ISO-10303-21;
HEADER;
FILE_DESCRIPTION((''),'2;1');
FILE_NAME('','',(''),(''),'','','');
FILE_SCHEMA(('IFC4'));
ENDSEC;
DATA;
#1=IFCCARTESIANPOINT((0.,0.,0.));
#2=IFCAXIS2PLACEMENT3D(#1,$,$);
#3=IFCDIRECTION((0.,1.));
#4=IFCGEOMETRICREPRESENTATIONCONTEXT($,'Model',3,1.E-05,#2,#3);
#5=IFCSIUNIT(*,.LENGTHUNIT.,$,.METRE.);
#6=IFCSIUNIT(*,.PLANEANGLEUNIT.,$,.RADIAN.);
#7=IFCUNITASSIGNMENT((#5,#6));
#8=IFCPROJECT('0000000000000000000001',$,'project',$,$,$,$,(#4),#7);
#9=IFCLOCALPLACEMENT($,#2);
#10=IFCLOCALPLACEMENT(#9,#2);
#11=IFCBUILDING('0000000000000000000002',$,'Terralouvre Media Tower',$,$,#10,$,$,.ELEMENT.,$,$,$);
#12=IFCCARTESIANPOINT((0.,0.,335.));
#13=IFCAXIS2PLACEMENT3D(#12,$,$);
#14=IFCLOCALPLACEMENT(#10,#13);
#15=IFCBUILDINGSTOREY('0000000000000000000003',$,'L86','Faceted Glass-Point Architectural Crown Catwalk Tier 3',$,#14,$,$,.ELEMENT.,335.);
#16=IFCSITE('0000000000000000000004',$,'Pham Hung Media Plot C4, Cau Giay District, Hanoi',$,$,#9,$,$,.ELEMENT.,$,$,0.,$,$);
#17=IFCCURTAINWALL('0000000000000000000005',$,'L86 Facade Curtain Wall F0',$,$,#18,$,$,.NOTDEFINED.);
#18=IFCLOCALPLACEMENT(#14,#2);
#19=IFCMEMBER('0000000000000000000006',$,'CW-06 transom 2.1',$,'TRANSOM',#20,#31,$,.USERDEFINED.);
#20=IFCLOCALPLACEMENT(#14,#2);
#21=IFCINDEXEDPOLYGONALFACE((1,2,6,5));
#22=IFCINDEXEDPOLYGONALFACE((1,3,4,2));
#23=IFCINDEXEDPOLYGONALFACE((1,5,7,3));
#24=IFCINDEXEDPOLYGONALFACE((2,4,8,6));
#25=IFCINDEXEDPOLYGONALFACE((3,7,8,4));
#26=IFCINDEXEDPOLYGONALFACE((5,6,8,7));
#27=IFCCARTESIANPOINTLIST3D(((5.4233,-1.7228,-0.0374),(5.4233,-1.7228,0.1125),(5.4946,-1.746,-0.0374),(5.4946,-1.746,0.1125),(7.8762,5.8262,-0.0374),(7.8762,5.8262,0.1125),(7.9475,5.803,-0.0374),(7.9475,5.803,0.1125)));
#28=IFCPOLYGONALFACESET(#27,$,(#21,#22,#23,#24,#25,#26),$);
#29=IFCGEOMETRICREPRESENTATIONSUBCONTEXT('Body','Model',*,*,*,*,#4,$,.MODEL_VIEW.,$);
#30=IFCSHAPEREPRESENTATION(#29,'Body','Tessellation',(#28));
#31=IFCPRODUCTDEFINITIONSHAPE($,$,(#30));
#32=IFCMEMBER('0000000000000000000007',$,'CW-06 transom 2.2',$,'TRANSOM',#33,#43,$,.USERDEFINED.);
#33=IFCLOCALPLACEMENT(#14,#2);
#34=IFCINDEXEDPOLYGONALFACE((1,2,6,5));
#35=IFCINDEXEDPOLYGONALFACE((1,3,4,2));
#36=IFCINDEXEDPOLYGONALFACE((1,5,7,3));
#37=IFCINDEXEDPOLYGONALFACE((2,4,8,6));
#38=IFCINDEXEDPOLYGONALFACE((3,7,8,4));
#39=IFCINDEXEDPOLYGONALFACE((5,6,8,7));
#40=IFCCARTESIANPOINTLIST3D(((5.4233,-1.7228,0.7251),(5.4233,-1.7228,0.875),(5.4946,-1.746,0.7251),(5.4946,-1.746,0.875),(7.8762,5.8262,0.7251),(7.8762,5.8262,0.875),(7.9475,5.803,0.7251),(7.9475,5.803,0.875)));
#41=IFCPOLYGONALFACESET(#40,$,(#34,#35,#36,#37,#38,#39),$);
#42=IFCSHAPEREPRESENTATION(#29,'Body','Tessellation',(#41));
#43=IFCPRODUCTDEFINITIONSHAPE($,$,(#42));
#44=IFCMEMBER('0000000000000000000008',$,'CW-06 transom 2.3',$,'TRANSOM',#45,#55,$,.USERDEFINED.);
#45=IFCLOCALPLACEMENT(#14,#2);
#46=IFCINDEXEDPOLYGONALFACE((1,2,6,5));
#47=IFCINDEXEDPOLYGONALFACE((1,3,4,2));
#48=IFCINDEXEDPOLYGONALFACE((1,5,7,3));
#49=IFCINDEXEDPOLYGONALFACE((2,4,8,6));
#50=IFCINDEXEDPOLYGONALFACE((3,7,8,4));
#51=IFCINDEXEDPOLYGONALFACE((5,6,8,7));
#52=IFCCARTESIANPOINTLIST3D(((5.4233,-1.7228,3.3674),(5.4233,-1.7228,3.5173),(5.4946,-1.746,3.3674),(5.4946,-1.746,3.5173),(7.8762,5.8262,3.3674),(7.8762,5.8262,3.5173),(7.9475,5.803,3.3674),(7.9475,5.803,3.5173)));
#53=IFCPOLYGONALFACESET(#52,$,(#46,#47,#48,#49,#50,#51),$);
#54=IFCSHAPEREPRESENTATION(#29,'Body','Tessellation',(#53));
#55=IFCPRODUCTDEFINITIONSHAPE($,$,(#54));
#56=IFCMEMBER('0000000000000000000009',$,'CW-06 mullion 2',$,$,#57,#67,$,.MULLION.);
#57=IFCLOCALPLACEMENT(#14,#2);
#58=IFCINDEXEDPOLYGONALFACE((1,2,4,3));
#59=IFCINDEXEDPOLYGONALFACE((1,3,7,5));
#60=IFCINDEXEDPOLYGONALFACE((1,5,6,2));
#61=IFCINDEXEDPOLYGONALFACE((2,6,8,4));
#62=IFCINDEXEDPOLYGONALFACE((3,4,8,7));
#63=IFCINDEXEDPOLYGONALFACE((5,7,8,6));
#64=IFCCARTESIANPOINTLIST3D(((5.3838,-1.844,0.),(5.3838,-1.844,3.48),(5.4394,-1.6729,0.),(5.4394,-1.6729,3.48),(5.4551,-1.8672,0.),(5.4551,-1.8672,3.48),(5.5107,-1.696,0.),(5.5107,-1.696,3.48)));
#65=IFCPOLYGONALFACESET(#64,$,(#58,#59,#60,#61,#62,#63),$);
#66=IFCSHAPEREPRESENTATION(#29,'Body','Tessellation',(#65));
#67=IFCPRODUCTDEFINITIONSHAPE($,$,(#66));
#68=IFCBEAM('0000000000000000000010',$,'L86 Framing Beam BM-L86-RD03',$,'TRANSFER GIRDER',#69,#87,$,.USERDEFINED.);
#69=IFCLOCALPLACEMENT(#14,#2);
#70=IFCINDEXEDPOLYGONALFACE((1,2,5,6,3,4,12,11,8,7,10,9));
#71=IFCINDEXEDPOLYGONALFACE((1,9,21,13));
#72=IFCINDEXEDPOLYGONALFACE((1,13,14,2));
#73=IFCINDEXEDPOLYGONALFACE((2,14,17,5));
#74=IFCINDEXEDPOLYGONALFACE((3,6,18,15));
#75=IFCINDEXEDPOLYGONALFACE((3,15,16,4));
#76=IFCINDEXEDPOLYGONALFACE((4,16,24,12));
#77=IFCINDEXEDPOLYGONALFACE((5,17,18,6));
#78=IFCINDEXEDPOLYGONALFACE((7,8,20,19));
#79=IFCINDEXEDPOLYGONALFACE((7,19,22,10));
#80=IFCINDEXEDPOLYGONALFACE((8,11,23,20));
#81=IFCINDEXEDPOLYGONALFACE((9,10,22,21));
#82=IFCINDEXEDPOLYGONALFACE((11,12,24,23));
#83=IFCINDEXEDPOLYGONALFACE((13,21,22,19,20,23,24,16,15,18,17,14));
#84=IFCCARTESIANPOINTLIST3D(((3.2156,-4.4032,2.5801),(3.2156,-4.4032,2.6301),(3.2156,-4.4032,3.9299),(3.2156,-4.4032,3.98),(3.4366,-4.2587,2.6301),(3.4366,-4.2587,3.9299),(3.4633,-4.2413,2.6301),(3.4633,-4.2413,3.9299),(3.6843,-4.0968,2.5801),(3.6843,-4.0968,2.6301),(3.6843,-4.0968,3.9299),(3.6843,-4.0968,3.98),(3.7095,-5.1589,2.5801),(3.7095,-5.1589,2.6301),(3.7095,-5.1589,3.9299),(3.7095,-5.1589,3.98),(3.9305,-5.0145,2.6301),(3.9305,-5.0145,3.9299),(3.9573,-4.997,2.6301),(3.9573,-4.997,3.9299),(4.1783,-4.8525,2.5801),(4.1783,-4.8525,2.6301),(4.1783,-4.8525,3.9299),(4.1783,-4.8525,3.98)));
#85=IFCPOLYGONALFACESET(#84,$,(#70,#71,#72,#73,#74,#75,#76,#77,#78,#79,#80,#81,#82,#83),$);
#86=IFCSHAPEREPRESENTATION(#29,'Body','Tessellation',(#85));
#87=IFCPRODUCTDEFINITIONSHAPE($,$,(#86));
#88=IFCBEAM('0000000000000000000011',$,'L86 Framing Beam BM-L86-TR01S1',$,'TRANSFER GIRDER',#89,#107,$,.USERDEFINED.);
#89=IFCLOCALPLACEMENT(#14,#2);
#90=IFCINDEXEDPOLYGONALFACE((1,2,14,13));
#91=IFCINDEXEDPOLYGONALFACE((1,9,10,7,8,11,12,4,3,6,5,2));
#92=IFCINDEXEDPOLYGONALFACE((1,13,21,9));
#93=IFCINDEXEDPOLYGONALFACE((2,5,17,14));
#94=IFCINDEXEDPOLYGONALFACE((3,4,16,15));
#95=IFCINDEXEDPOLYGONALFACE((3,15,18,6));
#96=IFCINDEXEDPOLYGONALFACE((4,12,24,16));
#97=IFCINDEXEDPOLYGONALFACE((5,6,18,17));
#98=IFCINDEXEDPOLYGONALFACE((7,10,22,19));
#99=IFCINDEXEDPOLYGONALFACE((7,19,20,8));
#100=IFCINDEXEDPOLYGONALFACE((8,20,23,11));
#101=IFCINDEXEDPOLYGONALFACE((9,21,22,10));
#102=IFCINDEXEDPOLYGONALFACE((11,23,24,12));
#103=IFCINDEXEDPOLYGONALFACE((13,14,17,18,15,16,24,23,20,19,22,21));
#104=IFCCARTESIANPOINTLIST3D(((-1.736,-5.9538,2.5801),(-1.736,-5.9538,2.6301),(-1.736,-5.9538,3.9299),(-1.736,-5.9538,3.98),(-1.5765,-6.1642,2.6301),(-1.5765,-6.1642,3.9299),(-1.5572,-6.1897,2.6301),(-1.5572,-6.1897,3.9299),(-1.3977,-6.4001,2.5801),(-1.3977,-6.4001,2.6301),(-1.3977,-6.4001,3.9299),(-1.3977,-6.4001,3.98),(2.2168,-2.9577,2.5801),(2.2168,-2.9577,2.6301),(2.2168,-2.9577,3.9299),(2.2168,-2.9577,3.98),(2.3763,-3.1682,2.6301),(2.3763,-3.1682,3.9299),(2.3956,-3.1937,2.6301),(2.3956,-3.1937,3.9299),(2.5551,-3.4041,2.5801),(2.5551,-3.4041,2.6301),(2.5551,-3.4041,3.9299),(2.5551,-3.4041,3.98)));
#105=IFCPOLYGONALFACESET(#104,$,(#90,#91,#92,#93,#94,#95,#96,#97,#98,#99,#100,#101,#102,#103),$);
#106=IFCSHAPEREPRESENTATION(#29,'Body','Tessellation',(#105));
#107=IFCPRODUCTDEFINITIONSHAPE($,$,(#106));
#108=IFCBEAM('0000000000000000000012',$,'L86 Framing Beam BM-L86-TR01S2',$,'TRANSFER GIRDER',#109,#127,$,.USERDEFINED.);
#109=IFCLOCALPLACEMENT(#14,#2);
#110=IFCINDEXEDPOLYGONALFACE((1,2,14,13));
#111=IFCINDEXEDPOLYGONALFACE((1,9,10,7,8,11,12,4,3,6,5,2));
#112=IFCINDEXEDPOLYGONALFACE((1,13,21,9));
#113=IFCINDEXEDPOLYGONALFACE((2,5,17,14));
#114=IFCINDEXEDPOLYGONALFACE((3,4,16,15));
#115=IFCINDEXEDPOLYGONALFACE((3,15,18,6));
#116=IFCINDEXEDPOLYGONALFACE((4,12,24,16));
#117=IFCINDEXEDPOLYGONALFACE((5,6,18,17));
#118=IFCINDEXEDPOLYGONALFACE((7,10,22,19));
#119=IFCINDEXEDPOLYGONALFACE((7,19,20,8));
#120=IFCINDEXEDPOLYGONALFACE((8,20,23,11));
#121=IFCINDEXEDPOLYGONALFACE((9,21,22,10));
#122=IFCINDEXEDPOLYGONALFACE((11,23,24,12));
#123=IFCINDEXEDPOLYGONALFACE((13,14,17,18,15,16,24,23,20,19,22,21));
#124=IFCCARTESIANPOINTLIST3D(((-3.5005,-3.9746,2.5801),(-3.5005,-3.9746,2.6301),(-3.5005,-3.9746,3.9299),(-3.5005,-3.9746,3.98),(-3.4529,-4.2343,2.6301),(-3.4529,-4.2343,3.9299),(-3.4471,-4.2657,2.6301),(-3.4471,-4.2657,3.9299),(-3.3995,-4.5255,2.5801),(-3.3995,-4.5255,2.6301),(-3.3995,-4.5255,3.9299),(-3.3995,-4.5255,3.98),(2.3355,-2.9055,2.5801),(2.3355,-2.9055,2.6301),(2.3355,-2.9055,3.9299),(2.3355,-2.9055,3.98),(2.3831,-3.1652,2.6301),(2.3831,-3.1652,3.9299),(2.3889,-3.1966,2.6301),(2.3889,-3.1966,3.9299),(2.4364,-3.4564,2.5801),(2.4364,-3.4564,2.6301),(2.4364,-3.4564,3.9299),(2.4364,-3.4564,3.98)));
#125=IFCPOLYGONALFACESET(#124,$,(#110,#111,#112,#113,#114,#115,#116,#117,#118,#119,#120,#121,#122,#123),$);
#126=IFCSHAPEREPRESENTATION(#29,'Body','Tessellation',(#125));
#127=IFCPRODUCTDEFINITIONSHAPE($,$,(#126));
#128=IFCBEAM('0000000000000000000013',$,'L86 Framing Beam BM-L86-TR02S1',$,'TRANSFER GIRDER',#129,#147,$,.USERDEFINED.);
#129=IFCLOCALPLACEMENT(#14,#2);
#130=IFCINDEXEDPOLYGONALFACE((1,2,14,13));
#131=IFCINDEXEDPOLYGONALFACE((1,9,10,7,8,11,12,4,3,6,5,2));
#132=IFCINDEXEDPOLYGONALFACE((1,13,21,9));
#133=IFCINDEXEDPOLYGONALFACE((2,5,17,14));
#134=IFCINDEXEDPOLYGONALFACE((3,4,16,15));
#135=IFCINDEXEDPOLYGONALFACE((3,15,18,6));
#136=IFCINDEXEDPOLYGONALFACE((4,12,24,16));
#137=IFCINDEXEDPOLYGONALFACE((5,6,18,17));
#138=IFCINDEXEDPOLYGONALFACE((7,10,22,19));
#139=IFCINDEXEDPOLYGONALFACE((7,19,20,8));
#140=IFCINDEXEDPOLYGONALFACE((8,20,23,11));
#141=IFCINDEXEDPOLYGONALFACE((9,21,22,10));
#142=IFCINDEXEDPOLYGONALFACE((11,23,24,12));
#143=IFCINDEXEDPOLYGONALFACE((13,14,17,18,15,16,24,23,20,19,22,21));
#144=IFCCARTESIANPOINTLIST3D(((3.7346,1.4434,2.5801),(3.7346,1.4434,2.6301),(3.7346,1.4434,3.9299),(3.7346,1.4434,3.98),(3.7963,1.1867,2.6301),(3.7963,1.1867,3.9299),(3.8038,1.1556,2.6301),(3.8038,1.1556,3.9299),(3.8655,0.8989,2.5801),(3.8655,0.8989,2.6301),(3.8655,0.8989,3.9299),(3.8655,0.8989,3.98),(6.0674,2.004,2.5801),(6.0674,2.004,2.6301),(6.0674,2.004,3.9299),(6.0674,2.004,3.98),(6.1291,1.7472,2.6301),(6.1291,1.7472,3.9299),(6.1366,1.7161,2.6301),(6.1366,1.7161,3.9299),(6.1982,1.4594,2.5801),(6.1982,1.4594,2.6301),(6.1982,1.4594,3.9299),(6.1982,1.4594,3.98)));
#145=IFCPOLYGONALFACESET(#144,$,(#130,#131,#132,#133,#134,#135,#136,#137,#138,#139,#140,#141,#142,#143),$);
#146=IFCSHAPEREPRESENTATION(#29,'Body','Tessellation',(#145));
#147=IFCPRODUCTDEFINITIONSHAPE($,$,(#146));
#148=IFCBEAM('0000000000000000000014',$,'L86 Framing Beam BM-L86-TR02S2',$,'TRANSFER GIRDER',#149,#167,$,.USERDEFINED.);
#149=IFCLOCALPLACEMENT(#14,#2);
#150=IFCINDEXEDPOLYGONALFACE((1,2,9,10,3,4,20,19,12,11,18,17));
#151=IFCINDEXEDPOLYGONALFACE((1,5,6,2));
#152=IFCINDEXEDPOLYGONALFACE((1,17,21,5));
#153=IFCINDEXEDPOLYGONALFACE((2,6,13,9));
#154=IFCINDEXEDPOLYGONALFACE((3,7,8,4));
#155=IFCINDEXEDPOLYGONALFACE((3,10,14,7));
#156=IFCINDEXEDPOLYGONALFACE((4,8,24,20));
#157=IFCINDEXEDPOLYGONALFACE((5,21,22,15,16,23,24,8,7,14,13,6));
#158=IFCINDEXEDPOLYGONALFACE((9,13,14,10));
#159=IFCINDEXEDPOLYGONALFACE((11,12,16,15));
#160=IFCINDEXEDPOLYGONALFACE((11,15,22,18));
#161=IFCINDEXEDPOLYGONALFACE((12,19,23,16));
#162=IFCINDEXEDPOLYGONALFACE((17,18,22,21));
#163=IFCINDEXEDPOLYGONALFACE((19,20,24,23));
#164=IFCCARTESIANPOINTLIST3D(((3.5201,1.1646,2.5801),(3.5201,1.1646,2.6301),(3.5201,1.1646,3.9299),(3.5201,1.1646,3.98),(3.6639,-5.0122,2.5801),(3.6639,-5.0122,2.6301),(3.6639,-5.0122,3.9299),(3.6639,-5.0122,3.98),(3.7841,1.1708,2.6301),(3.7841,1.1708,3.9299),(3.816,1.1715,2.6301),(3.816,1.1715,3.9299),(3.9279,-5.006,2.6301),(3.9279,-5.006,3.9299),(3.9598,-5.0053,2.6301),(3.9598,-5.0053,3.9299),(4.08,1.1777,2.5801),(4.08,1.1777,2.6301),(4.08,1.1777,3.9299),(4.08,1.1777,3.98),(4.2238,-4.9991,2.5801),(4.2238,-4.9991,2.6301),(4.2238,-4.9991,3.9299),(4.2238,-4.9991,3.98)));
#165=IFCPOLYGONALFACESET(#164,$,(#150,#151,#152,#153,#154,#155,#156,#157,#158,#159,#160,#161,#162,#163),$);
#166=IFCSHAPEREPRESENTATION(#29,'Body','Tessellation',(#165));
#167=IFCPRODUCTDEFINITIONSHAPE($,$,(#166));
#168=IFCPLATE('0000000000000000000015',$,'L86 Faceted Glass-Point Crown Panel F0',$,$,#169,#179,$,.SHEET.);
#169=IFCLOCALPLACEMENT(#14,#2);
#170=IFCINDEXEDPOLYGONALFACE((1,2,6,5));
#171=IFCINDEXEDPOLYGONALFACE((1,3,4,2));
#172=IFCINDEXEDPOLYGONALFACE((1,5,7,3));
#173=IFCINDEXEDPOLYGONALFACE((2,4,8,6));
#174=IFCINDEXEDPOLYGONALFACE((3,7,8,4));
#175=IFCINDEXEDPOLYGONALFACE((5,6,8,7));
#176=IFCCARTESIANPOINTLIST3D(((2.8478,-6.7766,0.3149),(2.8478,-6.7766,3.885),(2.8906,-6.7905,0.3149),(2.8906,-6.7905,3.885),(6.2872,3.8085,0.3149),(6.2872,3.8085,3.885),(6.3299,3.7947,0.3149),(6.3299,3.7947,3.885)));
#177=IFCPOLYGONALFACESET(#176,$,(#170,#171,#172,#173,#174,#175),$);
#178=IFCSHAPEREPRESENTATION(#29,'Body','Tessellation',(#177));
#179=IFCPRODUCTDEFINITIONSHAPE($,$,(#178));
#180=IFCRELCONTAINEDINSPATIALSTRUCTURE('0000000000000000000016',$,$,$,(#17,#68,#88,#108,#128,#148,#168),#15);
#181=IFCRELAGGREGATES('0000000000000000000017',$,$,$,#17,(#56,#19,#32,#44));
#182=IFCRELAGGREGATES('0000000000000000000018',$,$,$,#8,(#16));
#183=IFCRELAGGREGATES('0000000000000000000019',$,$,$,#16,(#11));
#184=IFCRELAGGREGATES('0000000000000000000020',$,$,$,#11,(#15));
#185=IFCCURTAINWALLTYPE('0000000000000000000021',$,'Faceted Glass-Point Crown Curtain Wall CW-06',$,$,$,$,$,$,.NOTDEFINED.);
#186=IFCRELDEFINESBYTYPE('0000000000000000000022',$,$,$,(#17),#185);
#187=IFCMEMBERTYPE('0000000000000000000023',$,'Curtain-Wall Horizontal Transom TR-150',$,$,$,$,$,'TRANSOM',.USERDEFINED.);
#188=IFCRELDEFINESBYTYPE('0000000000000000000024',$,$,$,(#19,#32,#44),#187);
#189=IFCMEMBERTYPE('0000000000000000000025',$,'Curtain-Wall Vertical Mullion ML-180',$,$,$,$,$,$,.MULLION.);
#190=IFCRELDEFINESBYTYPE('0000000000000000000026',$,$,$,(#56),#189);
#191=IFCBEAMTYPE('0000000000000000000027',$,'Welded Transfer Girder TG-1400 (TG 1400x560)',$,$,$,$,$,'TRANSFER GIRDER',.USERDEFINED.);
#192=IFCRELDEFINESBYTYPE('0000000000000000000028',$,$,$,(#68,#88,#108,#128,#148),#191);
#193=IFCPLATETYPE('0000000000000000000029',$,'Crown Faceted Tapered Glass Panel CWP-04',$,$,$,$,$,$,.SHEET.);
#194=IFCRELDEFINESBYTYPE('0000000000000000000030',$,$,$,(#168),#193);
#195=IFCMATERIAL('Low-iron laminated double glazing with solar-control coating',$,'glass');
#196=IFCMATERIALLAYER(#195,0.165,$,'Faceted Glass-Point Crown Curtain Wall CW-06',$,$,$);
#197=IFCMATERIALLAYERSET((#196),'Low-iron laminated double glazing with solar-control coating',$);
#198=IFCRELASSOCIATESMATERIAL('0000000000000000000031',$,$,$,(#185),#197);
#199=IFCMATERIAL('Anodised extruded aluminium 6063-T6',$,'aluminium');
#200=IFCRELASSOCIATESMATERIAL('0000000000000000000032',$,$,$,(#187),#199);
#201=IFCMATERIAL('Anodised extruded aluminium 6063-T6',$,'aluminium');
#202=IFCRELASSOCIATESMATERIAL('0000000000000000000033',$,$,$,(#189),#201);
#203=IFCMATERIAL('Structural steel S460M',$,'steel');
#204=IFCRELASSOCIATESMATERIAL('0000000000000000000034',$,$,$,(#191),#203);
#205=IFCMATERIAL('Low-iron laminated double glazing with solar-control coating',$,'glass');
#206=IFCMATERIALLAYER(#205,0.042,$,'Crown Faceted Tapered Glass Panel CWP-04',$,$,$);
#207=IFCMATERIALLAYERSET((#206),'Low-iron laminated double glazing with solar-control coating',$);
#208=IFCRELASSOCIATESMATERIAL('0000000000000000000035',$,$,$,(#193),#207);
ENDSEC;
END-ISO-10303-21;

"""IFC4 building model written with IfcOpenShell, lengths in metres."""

from ifc_helpers import new_model, si_unit, direction, frame, origin, origin_2d, place, context, subcontext, project, spatial, rectangle, i_section, extrude, material, layer, layer_set, material_profile, profile_set, type_object, element, aggregate, save


model = new_model("IFC4")

# Units and contexts
model_context = context("Model", 3, precision=1e-05, world=origin(), true_north=direction((0.0, 1.0)))
body_context = subcontext(model_context, "Body", "Model", "MODEL_VIEW")
ifc_project = project(units=[si_unit("LENGTHUNIT", "METRE"), si_unit("PLANEANGLEUNIT", "RADIAN")], contexts=[model_context])

# Site, building, storey
site_placement = place(None, origin())
site = spatial("IfcSite", under=ifc_project, at=site_placement, Name="Pham Hung Media Plot C4, Cau Giay District, Hanoi", CompositionType="ELEMENT", RefElevation=0.0)
building_placement = place(site_placement, origin())
building = spatial("IfcBuilding", under=site, at=building_placement, Name="Terralouvre Media Tower", CompositionType="ELEMENT")
storey_placement = place(building_placement, frame((0.0, 0.0, 335.0)))
storey = spatial("IfcBuildingStorey", under=building, at=storey_placement, Name="L86", Description="Faceted Glass-Point Architectural Crown Catwalk Tier 3", CompositionType="ELEMENT", Elevation=335.0)

# Curtain wall, members
ifc_material_1 = material(Name="Low-iron laminated double glazing with solar-control coating", Category="glass")
ifc_layer_1 = layer(ifc_material_1, 0.165, Name="Faceted Glass-Point Crown Curtain Wall CW-06")
ifc_layer_set_1 = layer_set([ifc_layer_1], Name="Low-iron laminated double glazing with solar-control coating")
curtain_wall_type = type_object("IfcCurtainWallType", Name="Faceted Glass-Point Crown Curtain Wall CW-06", PredefinedType="NOTDEFINED", material=ifc_layer_set_1)
curtain_wall_placement = place(storey_placement, origin())
curtain_wall = element("IfcCurtainWall", 1, at=curtain_wall_placement, inside=storey, type_object=curtain_wall_type, Name="L86 Facade Curtain Wall F0", PredefinedType="NOTDEFINED")
ifc_material_2 = material(Name="Anodised extruded aluminium 6063-T6", Category="aluminium")
ifc_material_profile_1 = material_profile(ifc_material_2, rectangle(XDim=0.075, YDim=0.1499, at=origin_2d()), Name="ALU 75x150")
ifc_profile_set_1 = profile_set([ifc_material_profile_1], Name="Anodised extruded aluminium 6063-T6")
member_type_1 = type_object("IfcMemberType", Name="Curtain-Wall Horizontal Transom TR-150", ElementType="TRANSOM", PredefinedType="USERDEFINED", material=ifc_profile_set_1)
member_1_placement = place(storey_placement, frame((5.459, -1.7344, 0.0376), z_axis=(0.309021, 0.951055, 0.0), x_axis=(-0.951055, 0.309021, 0.0)))
member_1 = element("IfcMember", 2, at=member_1_placement, type_object=member_type_1, Name="CW-06 transom 2.1", ObjectType="TRANSOM", PredefinedType="USERDEFINED", context=body_context, shape_type="SweptSolid", body=[
    extrude(rectangle(XDim=0.075, YDim=0.1499, at=origin_2d()), origin(), (0.0, 0.0, 1.0), 7.9375),
])
member_2_placement = place(storey_placement, frame((5.459, -1.7344, 0.8), z_axis=(0.309021, 0.951055, 0.0), x_axis=(-0.951055, 0.309021, 0.0)))
member_2 = element("IfcMember", 3, at=member_2_placement, type_object=member_type_1, Name="CW-06 transom 2.2", ObjectType="TRANSOM", PredefinedType="USERDEFINED", context=body_context, shape_type="SweptSolid", body=[
    extrude(rectangle(XDim=0.075, YDim=0.1499, at=origin_2d()), origin(), (0.0, 0.0, 1.0), 7.9375),
])
member_3_placement = place(storey_placement, frame((5.459, -1.7344, 3.4424), z_axis=(0.309021, 0.951055, 0.0), x_axis=(-0.951055, 0.309021, 0.0)))
member_3 = element("IfcMember", 4, at=member_3_placement, type_object=member_type_1, Name="CW-06 transom 2.3", ObjectType="TRANSOM", PredefinedType="USERDEFINED", context=body_context, shape_type="SweptSolid", body=[
    extrude(rectangle(XDim=0.075, YDim=0.1499, at=origin_2d()), origin(), (0.0, 0.0, 1.0), 7.9375),
])
ifc_material_3 = material(Name="Anodised extruded aluminium 6063-T6", Category="aluminium")
ifc_material_profile_2 = material_profile(ifc_material_3, rectangle(XDim=0.075, YDim=0.1799, at=origin_2d()), Name="ALU 75x180")
ifc_profile_set_2 = profile_set([ifc_material_profile_2], Name="Anodised extruded aluminium 6063-T6")
member_type_2 = type_object("IfcMemberType", Name="Curtain-Wall Vertical Mullion ML-180", PredefinedType="MULLION", material=ifc_profile_set_2)
member_4_placement = place(storey_placement, frame((5.4473, -1.77, 0.0), z_axis=(0.0, 0.0, 1.0), x_axis=(-0.951057, 0.309017, 0.0)))
member_4 = element("IfcMember", 5, at=member_4_placement, type_object=member_type_2, Name="CW-06 mullion 2", PredefinedType="MULLION", context=body_context, shape_type="SweptSolid", body=[
    extrude(rectangle(XDim=0.075, YDim=0.1799, at=origin_2d()), origin(), (0.0, 0.0, 1.0), 3.48),
])
aggregate(curtain_wall, [member_4, member_1, member_2, member_3])

# Beams
ifc_material_4 = material(Name="Structural steel S460M", Category="steel")
ifc_material_profile_3 = material_profile(ifc_material_4, i_section(OverallWidth=0.5601, OverallDepth=1.3999, WebThickness=0.032, FlangeThickness=0.05, at=origin_2d()), Name="TG 1400x560")
ifc_profile_set_3 = profile_set([ifc_material_profile_3], Name="Structural steel S460M")
beam_type = type_object("IfcBeamType", Name="Welded Transfer Girder TG-1400 (TG 1400x560)", ElementType="TRANSFER GIRDER", PredefinedType="USERDEFINED", material=ifc_profile_set_3)
beam_1_placement = place(storey_placement, frame((3.45, -4.25, 3.28), z_axis=(0.547125, -0.837051, 0.0), x_axis=(0.837051, 0.547125, 0.0)))
element("IfcBeam", 6, at=beam_1_placement, inside=storey, type_object=beam_type, Name="L86 Framing Beam BM-L86-RD03", ObjectType="TRANSFER GIRDER", PredefinedType="USERDEFINED", context=body_context, shape_type="SweptSolid", body=[
    extrude(i_section(OverallWidth=0.5601, OverallDepth=1.3999, WebThickness=0.032, FlangeThickness=0.05, at=origin_2d()), origin(), (0.0, 0.0, 1.0), 0.9028),
])
beam_2_placement = place(storey_placement, frame((2.386, -3.1809, 3.28), z_axis=(-0.796948, -0.604048, 0.0), x_axis=(0.604048, -0.796948, 0.0)))
element("IfcBeam", 7, at=beam_2_placement, inside=storey, type_object=beam_type, Name="L86 Framing Beam BM-L86-TR01S1", ObjectType="TRANSFER GIRDER", PredefinedType="USERDEFINED", context=body_context, shape_type="SweptSolid", body=[
    extrude(i_section(OverallWidth=0.5601, OverallDepth=1.3999, WebThickness=0.032, FlangeThickness=0.05, at=origin_2d()), origin(), (0.0, 0.0, 1.0), 4.96),
])
beam_3_placement = place(storey_placement, frame((2.386, -3.1809, 3.28), z_axis=(-0.983631, -0.180193, 0.0), x_axis=(0.180193, -0.983631, 0.0)))
element("IfcBeam", 8, at=beam_3_placement, inside=storey, type_object=beam_type, Name="L86 Framing Beam BM-L86-TR01S2", ObjectType="TRANSFER GIRDER", PredefinedType="USERDEFINED", context=body_context, shape_type="SweptSolid", body=[
    extrude(i_section(OverallWidth=0.5601, OverallDepth=1.3999, WebThickness=0.032, FlangeThickness=0.05, at=origin_2d()), origin(), (0.0, 0.0, 1.0), 5.9331),
])
beam_4_placement = place(storey_placement, frame((3.8, 1.1711, 3.28), z_axis=(0.972323, 0.233642, 0.0), x_axis=(-0.233642, 0.972323, 0.0)))
element("IfcBeam", 9, at=beam_4_placement, inside=storey, type_object=beam_type, Name="L86 Framing Beam BM-L86-TR02S1", ObjectType="TRANSFER GIRDER", PredefinedType="USERDEFINED", context=body_context, shape_type="SweptSolid", body=[
    extrude(i_section(OverallWidth=0.5601, OverallDepth=1.3999, WebThickness=0.032, FlangeThickness=0.05, at=origin_2d()), origin(), (0.0, 0.0, 1.0), 2.3992),
])
beam_5_placement = place(storey_placement, frame((3.8, 1.1711, 3.28), z_axis=(0.023274, -0.999729, 0.0), x_axis=(0.999729, 0.023274, 0.0)))
element("IfcBeam", 10, at=beam_5_placement, inside=storey, type_object=beam_type, Name="L86 Framing Beam BM-L86-TR02S2", ObjectType="TRANSFER GIRDER", PredefinedType="USERDEFINED", context=body_context, shape_type="SweptSolid", body=[
    extrude(i_section(OverallWidth=0.5601, OverallDepth=1.3999, WebThickness=0.032, FlangeThickness=0.05, at=origin_2d()), origin(), (0.0, 0.0, 1.0), 6.1785),
])

# Plate
ifc_material_5 = material(Name="Low-iron laminated double glazing with solar-control coating", Category="glass")
ifc_layer_2 = layer(ifc_material_5, 0.042, Name="Crown Faceted Tapered Glass Panel CWP-04")
ifc_layer_set_2 = layer_set([ifc_layer_2], Name="Low-iron laminated double glazing with solar-control coating")
plate_type_1 = type_object("IfcPlateType", Name="Crown Faceted Tapered Glass Panel CWP-04", PredefinedType="SHEET", material=ifc_layer_set_2)
plate_placement = place(storey_placement, frame((4.5889, -1.491, 0.3149), z_axis=(0.0, 0.0, 1.0), x_axis=(0.309017, 0.951057, 0.0)))
element("IfcPlate", 11, at=plate_placement, inside=storey, type_object=plate_type_1, Name="L86 Faceted Glass-Point Crown Panel F0", PredefinedType="SHEET", context=body_context, shape_type="SweptSolid", body=[
    extrude(rectangle(XDim=11.1299, YDim=0.0449, at=origin_2d()), origin(), (0.0, 0.0, 1.0), 3.5701),
])

save(model, "model.ifc")
